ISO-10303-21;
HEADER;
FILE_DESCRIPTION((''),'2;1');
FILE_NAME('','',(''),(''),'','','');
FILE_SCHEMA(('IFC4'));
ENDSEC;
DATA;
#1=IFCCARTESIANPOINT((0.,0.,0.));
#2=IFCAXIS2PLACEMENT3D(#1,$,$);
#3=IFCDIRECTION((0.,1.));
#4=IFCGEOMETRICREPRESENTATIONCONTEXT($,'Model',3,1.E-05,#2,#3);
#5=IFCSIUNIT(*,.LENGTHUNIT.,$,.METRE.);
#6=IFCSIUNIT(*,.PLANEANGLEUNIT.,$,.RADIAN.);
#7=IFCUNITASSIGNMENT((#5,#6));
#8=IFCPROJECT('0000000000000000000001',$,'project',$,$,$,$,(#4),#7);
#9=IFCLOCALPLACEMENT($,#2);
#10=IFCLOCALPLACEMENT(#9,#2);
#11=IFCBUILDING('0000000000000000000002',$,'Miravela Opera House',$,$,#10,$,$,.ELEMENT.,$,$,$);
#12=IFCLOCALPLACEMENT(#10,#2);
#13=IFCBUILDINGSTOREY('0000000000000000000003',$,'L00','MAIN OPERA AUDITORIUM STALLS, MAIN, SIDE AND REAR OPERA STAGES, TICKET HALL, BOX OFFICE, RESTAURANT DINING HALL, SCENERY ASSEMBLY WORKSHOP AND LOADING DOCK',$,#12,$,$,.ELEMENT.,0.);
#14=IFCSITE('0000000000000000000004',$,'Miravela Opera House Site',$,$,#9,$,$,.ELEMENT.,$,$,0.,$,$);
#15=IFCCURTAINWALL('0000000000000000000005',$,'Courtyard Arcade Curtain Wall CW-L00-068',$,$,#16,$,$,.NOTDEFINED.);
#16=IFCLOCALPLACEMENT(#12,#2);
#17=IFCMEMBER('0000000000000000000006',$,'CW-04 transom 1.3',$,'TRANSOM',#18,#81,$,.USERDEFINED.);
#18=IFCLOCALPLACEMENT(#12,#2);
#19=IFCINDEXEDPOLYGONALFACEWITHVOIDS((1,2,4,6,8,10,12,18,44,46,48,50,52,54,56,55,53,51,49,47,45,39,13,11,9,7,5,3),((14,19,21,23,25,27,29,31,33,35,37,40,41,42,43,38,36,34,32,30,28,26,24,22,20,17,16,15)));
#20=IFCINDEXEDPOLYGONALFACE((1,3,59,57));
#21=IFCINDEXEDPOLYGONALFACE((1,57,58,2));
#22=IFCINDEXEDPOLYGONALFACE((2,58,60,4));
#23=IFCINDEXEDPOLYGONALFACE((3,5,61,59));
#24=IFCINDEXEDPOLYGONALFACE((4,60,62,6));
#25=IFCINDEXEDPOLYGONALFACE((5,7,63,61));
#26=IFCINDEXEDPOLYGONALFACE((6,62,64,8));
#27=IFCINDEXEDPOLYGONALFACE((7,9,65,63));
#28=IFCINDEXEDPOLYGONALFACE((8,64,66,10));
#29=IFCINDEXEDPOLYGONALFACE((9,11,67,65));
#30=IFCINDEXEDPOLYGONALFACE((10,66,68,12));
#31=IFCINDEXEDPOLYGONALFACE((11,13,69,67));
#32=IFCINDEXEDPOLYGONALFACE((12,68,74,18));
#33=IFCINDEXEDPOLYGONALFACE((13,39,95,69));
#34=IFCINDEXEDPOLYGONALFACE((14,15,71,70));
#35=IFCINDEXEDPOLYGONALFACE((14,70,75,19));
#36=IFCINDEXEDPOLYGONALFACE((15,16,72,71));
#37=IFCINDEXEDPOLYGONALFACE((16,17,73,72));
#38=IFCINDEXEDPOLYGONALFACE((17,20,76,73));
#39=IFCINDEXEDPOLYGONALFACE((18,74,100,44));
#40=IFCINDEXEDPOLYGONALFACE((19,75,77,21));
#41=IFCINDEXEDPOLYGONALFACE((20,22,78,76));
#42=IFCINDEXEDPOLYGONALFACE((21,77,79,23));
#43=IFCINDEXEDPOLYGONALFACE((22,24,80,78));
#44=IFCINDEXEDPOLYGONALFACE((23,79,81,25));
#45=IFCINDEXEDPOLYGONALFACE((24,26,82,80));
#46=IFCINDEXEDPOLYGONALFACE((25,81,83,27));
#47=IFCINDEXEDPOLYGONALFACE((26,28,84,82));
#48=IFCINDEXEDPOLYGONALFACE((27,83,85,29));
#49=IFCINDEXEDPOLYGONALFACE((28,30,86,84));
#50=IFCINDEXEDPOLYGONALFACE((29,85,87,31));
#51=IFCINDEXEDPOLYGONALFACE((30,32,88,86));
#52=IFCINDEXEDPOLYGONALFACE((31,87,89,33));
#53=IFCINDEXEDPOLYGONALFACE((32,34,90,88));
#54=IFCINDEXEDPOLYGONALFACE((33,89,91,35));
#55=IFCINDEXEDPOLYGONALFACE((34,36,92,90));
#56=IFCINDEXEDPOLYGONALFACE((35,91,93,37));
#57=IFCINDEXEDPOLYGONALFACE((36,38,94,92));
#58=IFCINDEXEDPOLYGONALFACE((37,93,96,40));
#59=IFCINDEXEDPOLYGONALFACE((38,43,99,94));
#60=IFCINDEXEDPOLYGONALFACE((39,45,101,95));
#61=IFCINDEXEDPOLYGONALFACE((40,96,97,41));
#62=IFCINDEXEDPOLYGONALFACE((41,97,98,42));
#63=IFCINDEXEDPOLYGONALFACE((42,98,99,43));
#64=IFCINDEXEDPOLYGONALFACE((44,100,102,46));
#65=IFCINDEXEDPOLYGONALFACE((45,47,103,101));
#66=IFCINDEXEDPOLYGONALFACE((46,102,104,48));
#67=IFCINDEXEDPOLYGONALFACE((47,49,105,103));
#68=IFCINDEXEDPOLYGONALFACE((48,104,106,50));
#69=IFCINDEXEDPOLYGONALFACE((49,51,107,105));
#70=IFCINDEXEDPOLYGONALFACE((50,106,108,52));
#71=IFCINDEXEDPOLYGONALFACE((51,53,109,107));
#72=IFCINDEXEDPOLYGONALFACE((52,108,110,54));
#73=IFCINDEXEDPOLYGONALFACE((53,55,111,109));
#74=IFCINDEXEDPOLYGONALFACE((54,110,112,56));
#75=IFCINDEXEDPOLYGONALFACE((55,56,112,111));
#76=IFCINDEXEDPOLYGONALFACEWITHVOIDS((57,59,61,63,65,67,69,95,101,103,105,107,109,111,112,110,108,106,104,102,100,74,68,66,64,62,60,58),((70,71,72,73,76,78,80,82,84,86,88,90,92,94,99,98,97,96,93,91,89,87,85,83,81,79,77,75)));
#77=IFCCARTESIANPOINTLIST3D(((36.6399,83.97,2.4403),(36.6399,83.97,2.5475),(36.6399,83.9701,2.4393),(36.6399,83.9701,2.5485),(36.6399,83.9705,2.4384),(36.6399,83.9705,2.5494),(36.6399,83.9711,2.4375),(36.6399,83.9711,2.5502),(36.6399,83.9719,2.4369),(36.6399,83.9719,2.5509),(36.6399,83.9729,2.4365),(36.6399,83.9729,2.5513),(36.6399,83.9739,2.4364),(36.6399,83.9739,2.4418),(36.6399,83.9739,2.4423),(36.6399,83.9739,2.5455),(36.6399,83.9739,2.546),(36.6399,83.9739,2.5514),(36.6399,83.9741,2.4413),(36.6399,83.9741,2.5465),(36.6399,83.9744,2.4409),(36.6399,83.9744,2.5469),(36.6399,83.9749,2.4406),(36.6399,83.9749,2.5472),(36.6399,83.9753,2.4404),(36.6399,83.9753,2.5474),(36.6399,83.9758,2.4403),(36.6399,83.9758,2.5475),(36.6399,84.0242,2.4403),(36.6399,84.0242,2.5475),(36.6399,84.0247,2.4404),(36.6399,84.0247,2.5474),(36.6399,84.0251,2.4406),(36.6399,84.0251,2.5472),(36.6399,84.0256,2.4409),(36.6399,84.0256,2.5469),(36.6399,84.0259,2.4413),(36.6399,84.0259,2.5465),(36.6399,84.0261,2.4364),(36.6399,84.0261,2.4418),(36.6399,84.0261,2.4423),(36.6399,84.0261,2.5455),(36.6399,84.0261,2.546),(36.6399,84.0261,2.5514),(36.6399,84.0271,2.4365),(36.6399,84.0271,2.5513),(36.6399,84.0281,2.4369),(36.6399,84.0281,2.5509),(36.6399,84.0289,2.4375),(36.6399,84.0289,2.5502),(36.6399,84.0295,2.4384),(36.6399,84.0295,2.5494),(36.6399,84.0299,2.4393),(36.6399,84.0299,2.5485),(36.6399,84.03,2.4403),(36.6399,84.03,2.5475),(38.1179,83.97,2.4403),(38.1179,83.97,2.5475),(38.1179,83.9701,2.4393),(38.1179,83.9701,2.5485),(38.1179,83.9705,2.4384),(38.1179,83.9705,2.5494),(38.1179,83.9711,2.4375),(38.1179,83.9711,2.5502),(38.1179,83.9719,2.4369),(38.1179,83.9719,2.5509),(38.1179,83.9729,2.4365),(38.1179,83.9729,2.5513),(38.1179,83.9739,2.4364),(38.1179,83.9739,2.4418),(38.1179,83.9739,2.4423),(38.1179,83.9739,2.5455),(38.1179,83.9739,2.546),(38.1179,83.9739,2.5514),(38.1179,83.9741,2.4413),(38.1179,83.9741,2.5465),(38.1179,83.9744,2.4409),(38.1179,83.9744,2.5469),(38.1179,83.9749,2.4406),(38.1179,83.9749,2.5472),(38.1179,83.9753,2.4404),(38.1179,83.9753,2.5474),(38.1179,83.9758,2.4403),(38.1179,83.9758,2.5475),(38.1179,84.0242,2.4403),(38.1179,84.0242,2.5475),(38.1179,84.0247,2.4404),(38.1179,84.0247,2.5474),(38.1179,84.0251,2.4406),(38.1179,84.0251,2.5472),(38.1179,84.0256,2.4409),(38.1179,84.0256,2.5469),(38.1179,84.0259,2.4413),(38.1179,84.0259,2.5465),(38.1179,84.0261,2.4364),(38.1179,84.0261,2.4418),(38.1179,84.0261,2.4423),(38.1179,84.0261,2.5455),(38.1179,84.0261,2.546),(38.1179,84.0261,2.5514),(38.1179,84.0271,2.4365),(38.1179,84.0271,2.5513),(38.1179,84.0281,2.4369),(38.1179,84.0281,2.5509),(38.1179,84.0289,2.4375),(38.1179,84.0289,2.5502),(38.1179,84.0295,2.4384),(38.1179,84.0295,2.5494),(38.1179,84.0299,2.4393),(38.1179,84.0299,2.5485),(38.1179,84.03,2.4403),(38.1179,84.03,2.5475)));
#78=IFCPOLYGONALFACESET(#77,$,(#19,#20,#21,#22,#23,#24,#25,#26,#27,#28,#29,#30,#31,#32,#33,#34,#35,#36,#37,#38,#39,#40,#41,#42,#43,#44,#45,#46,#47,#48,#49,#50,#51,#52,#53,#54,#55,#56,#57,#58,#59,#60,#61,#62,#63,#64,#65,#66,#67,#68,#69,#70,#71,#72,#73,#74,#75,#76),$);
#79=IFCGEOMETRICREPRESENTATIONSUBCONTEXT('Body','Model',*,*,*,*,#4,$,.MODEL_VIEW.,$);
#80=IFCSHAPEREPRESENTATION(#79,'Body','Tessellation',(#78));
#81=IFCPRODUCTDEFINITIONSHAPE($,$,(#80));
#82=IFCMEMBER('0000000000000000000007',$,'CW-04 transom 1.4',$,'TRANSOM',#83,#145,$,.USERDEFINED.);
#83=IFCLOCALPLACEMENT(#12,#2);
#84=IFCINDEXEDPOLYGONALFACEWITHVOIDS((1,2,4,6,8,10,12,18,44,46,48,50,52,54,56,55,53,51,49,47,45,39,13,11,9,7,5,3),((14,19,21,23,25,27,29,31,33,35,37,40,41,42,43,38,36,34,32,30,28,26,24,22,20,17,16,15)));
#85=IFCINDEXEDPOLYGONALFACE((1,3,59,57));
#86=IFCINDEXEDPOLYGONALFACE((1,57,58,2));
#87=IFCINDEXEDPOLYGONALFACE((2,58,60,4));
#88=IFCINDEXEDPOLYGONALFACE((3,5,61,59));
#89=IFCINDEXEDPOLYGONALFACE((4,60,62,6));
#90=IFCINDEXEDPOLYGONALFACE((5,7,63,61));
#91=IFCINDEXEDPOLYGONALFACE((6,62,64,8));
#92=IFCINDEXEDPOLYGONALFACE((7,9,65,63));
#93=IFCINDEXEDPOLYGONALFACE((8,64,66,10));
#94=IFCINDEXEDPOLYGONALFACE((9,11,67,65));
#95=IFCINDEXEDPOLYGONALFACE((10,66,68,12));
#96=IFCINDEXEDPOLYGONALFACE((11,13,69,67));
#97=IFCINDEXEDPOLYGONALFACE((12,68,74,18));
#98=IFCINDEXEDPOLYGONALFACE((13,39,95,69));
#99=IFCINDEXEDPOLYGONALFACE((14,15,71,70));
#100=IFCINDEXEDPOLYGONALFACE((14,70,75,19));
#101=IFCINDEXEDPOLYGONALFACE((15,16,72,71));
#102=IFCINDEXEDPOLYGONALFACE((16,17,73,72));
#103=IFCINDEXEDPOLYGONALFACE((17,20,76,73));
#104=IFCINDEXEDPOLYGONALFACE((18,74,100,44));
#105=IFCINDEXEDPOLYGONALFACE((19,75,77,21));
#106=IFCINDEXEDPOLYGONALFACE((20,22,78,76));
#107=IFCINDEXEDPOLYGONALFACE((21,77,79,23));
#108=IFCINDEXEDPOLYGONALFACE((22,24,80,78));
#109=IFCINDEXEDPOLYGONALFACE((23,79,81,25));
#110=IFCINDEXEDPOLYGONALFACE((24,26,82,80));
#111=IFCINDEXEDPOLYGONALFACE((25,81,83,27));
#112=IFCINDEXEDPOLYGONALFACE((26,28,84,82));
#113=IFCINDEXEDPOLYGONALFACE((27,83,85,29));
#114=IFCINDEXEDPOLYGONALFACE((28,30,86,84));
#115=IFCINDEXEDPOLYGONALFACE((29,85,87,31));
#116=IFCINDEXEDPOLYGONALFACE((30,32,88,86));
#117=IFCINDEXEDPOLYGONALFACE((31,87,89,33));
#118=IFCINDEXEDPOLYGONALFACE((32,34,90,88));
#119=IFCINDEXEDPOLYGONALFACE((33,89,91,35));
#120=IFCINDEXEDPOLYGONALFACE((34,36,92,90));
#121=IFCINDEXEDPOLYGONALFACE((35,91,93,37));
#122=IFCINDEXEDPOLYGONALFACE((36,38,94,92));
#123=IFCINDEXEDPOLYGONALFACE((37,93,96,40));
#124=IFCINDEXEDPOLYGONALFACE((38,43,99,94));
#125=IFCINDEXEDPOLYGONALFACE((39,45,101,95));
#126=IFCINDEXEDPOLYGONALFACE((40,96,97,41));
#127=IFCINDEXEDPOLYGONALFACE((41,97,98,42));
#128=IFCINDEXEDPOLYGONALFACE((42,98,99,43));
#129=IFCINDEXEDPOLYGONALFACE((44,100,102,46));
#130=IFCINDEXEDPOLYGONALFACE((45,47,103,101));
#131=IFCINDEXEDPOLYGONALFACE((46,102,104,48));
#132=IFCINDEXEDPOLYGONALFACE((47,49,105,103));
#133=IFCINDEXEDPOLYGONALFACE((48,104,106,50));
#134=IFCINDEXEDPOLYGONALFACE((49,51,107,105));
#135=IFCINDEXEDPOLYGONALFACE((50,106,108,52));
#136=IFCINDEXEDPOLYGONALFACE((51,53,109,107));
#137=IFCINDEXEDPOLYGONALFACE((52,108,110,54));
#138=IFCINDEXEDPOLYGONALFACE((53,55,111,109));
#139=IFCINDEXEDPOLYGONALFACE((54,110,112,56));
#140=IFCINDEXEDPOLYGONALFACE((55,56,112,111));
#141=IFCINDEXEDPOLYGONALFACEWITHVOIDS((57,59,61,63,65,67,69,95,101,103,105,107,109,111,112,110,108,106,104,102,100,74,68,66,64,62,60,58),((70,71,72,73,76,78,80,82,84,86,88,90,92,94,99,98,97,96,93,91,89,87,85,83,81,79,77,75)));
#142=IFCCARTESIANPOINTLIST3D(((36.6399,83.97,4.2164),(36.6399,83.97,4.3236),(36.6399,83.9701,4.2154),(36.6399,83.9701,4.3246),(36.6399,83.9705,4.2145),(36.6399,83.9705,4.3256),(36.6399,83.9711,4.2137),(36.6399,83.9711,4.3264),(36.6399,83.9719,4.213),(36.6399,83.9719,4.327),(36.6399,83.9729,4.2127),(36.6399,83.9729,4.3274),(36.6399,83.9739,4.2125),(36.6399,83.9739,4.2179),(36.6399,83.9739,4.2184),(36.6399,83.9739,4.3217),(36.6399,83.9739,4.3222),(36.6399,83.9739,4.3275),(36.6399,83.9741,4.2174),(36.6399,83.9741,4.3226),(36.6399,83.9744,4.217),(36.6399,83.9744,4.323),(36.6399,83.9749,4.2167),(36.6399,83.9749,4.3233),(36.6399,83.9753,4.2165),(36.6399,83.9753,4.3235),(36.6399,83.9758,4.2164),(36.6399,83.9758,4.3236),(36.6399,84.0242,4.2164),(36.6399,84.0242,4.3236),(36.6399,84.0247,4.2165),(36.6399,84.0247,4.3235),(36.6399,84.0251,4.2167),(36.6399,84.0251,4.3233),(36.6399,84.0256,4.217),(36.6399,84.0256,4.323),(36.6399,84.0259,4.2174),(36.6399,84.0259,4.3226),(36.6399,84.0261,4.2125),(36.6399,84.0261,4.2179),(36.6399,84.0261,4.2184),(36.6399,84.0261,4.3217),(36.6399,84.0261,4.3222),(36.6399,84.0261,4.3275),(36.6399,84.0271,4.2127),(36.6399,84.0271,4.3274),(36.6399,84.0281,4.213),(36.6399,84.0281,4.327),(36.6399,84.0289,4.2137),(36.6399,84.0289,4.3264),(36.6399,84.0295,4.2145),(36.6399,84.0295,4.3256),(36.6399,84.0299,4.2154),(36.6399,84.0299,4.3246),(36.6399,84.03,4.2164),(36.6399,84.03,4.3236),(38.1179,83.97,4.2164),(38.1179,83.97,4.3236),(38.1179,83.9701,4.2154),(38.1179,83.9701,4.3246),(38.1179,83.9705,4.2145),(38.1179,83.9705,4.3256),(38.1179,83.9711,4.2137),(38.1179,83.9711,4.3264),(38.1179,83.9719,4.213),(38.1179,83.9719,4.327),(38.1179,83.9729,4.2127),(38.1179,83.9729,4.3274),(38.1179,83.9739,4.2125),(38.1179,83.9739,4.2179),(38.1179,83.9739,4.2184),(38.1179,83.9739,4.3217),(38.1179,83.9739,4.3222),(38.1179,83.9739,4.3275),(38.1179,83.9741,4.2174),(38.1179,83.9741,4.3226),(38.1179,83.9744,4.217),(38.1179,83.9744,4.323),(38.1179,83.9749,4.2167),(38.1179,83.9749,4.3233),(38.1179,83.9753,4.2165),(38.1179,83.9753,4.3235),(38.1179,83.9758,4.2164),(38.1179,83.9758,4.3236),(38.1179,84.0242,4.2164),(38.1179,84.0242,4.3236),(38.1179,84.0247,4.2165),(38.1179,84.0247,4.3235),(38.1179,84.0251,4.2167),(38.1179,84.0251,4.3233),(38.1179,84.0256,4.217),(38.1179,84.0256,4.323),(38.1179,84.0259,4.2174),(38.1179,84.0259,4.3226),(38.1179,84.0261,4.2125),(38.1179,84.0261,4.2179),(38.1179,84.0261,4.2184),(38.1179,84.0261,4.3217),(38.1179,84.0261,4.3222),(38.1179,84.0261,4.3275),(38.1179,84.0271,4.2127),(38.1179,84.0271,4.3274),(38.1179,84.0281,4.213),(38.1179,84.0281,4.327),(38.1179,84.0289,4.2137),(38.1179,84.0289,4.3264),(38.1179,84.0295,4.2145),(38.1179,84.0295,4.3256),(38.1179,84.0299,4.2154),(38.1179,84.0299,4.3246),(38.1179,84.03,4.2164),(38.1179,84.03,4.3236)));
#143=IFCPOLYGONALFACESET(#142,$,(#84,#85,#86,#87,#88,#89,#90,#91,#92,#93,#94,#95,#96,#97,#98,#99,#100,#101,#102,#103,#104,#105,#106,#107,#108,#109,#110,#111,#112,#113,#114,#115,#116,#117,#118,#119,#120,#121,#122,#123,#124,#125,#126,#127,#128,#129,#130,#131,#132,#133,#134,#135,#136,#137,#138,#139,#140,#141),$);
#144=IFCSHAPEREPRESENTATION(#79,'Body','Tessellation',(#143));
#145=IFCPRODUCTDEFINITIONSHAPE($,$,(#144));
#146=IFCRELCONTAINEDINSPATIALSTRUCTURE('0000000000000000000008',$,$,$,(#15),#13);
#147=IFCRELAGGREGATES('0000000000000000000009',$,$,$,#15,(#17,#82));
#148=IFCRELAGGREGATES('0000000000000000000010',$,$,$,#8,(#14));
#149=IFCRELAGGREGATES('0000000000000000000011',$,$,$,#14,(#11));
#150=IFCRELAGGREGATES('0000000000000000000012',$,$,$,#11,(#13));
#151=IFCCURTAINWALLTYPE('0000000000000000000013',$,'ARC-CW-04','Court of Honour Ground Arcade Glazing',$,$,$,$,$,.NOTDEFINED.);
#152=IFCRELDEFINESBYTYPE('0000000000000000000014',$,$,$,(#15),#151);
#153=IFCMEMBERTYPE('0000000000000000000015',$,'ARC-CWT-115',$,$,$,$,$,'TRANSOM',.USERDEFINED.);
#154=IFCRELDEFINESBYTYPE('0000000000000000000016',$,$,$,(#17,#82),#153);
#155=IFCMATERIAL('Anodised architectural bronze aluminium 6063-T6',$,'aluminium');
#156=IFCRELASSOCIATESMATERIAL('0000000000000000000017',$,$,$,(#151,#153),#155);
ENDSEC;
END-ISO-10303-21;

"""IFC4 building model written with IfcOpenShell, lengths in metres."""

from ifc_helpers import new_model, si_unit, direction, frame, origin, origin_2d, place, context, subcontext, project, spatial, hollow_rectangle, extrude, material, material_profile, profile_set, type_object, element, aggregate, save


model = new_model("IFC4")

# Units and contexts
model_context = context("Model", 3, precision=1e-05, world=origin(), true_north=direction((0.0, 1.0)))
body_context = subcontext(model_context, "Body", "Model", "MODEL_VIEW")
ifc_project = project(units=[si_unit("LENGTHUNIT", "METRE"), si_unit("PLANEANGLEUNIT", "RADIAN")], contexts=[model_context])

# Site, building, storey
site_placement = place(None, origin())
site = spatial("IfcSite", under=ifc_project, at=site_placement, Name="Miravela Opera House Site", CompositionType="ELEMENT", RefElevation=0.0)
building_placement = place(site_placement, origin())
building = spatial("IfcBuilding", under=site, at=building_placement, Name="Miravela Opera House", CompositionType="ELEMENT")
storey_placement = place(building_placement, origin())
storey = spatial("IfcBuildingStorey", under=building, at=storey_placement, Name="L00", Description="MAIN OPERA AUDITORIUM STALLS, MAIN, SIDE AND REAR OPERA STAGES, TICKET HALL, BOX OFFICE, RESTAURANT DINING HALL, SCENERY ASSEMBLY WORKSHOP AND LOADING DOCK", CompositionType="ELEMENT", Elevation=0.0)

# Curtain wall, members
ifc_material_1 = material(Name="Anodised architectural bronze aluminium 6063-T6", Category="aluminium")
curtain_wall_type = type_object("IfcCurtainWallType", Name="ARC-CW-04", Description="Court of Honour Ground Arcade Glazing", PredefinedType="NOTDEFINED", material=ifc_material_1)
curtain_wall_placement = place(storey_placement, origin())
curtain_wall = element("IfcCurtainWall", 1, at=curtain_wall_placement, inside=storey, type_object=curtain_wall_type, Name="Courtyard Arcade Curtain Wall CW-L00-068", PredefinedType="NOTDEFINED")
ifc_material_profile_1 = material_profile(ifc_material_1, hollow_rectangle(XDim=0.0601, YDim=0.115, WallThickness=0.0039, InnerFilletRadius=0.002, OuterFilletRadius=0.0039, at=origin_2d()), Name="CWT-60X115")
ifc_profile_set_1 = profile_set([ifc_material_profile_1])
member_type_1 = type_object("IfcMemberType", Name="ARC-CWT-115", ElementType="TRANSOM", PredefinedType="USERDEFINED", material=ifc_profile_set_1)
member_1_placement = place(storey_placement, frame((36.6399, 84.0, 2.4939), z_axis=(1.0, 0.0, 0.0), x_axis=(0.0, 1.0, 0.0)))
member_1 = element("IfcMember", 2, at=member_1_placement, type_object=member_type_1, Name="CW-04 transom 1.3", ObjectType="TRANSOM", PredefinedType="USERDEFINED", context=body_context, shape_type="SweptSolid", body=[
    extrude(hollow_rectangle(XDim=0.0601, YDim=0.115, WallThickness=0.0039, InnerFilletRadius=0.002, OuterFilletRadius=0.0039, at=origin_2d()), origin(), (0.0, 0.0, 1.0), 1.478),
])
member_2_placement = place(storey_placement, frame((36.6399, 84.0, 4.27), z_axis=(1.0, 0.0, 0.0), x_axis=(0.0, 1.0, 0.0)))
member_2 = element("IfcMember", 3, at=member_2_placement, type_object=member_type_1, Name="CW-04 transom 1.4", ObjectType="TRANSOM", PredefinedType="USERDEFINED", context=body_context, shape_type="SweptSolid", body=[
    extrude(hollow_rectangle(XDim=0.0601, YDim=0.115, WallThickness=0.0039, InnerFilletRadius=0.002, OuterFilletRadius=0.0039, at=origin_2d()), origin(), (0.0, 0.0, 1.0), 1.478),
])

aggregate(curtain_wall, [member_1, member_2])

save(model, "model.ifc")
